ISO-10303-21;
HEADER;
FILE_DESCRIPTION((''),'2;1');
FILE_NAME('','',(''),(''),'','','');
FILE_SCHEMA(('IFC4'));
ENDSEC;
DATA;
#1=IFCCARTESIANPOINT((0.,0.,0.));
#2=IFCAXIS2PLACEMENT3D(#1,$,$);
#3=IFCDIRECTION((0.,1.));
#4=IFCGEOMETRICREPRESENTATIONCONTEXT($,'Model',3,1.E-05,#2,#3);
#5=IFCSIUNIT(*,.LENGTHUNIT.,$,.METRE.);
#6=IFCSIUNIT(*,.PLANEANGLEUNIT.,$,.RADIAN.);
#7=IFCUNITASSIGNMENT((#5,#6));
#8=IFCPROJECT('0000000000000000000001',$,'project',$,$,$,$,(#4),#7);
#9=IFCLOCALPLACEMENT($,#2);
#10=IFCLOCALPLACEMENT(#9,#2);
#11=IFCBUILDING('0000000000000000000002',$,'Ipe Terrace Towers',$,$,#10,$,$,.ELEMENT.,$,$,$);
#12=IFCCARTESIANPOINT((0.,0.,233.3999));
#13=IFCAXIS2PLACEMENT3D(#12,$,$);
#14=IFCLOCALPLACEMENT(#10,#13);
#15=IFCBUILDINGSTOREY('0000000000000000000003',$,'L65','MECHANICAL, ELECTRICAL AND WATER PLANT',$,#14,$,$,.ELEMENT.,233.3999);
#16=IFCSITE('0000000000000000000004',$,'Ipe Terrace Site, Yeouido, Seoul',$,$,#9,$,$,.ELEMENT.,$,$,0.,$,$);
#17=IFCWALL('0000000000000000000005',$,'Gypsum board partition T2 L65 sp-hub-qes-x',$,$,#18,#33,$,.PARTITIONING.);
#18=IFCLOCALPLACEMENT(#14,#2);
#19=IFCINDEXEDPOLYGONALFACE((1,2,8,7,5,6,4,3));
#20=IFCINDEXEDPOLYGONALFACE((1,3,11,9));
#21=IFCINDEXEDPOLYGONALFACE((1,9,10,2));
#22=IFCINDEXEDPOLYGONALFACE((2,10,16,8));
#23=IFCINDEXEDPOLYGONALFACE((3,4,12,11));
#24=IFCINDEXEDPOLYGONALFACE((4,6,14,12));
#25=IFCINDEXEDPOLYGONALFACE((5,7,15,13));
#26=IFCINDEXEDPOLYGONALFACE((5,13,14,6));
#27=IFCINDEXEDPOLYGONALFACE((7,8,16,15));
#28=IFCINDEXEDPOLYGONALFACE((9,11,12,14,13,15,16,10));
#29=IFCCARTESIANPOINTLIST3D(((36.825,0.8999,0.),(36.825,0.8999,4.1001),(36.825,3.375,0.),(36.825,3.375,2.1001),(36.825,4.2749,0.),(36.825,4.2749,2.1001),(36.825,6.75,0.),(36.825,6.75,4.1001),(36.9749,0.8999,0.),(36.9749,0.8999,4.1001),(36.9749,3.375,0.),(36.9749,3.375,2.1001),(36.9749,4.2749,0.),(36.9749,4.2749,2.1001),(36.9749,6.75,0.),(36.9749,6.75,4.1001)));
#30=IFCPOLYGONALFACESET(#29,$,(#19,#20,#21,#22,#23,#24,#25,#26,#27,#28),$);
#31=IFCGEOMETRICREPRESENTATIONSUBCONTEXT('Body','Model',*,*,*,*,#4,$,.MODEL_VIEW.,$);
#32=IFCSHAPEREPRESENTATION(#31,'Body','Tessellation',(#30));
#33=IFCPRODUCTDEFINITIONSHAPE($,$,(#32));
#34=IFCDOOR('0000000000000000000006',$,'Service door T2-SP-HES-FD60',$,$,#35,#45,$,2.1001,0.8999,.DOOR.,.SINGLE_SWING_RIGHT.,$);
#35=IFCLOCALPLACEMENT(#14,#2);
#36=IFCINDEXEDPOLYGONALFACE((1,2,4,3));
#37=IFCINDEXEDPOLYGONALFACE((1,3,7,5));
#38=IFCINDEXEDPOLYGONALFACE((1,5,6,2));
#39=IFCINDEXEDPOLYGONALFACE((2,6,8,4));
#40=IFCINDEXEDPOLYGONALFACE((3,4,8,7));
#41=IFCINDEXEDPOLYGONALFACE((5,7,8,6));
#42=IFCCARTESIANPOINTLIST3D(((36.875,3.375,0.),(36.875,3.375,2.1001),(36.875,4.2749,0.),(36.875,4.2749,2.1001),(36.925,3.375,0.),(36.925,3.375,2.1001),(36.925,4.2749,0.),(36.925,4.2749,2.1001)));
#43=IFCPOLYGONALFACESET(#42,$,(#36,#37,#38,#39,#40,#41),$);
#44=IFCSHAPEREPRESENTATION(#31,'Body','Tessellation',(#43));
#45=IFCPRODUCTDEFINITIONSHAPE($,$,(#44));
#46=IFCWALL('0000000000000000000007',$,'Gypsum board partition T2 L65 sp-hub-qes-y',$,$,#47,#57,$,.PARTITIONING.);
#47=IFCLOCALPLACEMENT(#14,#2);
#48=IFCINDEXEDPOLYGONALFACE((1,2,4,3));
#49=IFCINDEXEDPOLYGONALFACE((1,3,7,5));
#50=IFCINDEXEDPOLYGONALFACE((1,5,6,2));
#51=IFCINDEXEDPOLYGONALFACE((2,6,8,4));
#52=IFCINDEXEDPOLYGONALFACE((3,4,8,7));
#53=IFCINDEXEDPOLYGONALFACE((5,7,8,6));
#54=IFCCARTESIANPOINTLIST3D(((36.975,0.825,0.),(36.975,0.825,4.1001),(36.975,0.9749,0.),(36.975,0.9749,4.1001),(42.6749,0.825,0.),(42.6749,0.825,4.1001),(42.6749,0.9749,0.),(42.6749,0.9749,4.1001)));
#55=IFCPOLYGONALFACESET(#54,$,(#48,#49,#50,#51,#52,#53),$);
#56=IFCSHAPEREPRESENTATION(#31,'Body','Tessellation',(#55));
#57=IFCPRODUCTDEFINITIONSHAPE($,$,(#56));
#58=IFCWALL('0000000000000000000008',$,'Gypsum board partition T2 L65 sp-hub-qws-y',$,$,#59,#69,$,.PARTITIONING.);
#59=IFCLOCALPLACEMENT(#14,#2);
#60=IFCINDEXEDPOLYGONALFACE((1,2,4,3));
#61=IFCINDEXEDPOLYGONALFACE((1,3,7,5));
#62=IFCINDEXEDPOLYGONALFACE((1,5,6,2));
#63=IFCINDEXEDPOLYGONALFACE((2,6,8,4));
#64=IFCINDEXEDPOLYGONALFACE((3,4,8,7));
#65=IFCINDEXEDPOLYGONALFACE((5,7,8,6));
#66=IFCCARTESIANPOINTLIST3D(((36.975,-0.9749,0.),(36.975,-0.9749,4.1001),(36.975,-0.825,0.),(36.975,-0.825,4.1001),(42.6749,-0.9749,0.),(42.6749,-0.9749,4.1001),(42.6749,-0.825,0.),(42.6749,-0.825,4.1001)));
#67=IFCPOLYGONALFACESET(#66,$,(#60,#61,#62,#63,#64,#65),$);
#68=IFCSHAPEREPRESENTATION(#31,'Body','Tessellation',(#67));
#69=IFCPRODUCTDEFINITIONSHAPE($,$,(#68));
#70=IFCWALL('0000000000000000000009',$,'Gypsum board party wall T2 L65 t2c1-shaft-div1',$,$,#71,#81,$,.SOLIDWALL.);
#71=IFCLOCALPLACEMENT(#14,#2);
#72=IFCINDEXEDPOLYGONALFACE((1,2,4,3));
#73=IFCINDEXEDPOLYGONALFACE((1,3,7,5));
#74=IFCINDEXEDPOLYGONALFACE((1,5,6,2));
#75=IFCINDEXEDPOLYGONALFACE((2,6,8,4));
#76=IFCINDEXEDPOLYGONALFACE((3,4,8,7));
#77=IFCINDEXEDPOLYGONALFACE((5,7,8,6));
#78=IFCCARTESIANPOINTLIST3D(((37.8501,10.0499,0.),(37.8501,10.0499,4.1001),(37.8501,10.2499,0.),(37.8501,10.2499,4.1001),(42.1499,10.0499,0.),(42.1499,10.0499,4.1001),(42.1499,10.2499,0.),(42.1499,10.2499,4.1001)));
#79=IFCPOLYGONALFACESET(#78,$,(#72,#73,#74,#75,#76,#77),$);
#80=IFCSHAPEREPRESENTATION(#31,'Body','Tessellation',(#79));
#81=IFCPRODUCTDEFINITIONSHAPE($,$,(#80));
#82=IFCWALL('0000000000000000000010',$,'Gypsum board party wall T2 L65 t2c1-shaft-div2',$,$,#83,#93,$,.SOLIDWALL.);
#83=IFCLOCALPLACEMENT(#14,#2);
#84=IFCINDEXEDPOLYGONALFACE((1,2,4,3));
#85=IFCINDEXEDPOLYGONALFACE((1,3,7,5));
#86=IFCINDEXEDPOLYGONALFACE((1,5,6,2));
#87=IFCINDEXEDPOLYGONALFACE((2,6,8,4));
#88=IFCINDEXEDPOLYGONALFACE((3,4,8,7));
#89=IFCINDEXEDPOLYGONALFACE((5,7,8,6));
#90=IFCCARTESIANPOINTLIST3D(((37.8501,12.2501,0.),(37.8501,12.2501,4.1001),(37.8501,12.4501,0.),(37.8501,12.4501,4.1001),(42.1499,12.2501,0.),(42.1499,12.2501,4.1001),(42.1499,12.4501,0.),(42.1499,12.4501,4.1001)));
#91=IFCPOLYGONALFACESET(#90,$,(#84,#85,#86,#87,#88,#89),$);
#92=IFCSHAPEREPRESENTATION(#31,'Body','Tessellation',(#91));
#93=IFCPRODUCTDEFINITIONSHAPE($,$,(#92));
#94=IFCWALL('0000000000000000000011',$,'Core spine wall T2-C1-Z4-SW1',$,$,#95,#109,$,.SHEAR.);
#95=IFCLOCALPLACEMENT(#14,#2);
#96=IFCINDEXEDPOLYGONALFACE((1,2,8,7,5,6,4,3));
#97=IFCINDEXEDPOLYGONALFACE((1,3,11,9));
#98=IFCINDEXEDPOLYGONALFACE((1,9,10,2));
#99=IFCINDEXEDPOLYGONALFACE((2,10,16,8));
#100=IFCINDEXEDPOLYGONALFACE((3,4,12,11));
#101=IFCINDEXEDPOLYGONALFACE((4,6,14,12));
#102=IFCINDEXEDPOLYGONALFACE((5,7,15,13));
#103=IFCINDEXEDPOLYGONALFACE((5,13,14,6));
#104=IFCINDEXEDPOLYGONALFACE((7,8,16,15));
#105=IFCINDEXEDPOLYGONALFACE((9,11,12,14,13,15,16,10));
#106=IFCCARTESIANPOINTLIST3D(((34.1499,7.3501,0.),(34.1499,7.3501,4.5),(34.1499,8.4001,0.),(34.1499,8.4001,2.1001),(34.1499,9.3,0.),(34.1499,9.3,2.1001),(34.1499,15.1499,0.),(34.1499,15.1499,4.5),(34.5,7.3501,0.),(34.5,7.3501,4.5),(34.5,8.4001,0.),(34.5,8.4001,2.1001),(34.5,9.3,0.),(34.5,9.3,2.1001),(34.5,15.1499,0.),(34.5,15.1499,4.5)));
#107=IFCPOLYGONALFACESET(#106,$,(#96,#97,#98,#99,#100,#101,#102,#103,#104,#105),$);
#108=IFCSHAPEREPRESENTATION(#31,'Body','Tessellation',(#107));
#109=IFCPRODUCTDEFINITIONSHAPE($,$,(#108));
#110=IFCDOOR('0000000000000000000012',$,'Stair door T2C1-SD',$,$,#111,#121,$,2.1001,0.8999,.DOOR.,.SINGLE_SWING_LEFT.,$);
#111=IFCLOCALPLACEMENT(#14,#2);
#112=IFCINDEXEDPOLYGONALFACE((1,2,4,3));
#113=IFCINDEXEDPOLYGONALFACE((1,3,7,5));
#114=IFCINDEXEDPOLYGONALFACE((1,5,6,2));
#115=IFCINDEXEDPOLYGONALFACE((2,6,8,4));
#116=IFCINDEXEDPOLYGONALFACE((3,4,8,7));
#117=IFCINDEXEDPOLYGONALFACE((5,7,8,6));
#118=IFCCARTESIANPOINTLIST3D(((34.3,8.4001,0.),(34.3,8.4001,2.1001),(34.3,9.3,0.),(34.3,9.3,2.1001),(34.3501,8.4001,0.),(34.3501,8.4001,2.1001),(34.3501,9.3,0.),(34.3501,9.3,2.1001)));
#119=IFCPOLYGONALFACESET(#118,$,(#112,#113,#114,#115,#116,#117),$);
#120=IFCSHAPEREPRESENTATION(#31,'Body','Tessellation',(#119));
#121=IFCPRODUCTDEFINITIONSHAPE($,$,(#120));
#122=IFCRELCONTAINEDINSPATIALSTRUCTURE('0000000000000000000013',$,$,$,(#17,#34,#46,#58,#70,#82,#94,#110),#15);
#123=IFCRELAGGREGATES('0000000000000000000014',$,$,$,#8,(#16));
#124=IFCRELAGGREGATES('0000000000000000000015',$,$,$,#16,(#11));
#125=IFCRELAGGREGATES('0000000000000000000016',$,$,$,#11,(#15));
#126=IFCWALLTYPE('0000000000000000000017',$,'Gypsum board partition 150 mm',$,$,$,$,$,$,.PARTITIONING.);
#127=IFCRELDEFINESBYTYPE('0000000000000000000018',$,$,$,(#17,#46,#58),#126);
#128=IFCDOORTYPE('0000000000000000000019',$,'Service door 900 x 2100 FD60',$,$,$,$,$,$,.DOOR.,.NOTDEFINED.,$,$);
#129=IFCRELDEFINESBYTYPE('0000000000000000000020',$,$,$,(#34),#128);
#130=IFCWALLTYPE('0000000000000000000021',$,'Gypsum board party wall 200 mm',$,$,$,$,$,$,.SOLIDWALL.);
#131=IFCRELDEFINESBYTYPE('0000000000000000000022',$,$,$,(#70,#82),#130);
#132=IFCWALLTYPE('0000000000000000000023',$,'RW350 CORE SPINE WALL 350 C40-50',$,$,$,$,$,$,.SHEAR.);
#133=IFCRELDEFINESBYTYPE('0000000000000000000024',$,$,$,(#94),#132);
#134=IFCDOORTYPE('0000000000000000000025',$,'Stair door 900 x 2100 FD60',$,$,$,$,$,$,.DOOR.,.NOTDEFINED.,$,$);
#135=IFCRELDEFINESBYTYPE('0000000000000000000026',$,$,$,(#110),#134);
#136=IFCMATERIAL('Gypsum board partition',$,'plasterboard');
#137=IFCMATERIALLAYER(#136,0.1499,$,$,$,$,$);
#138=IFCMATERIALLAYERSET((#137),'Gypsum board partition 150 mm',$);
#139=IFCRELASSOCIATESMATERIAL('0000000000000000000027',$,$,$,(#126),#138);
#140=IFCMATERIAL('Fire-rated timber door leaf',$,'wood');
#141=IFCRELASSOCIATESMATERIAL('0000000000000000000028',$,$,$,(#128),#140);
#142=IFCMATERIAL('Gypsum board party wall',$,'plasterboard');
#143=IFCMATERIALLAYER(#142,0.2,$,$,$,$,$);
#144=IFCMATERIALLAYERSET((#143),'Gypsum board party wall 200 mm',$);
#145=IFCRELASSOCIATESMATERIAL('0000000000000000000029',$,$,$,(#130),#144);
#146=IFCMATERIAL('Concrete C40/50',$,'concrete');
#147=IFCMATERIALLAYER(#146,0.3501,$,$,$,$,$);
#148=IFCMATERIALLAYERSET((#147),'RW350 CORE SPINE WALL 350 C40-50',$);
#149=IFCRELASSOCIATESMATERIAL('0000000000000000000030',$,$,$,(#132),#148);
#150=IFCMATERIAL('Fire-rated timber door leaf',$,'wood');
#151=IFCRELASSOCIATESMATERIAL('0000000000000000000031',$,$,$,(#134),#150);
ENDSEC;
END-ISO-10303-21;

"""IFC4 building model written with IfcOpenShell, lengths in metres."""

from ifc_helpers import new_model, si_unit, direction, frame, frame_2d, origin, place, context, subcontext, project, spatial, rectangle, extrude, material, layer, layer_set, type_object, element, fill, save


model = new_model("IFC4")

# Units and contexts
model_context = context("Model", 3, precision=1e-05, world=origin(), true_north=direction((0.0, 1.0)))
body_context = subcontext(model_context, "Body", "Model", "MODEL_VIEW")
ifc_project = project(units=[si_unit("LENGTHUNIT", "METRE"), si_unit("PLANEANGLEUNIT", "RADIAN")], contexts=[model_context])

# Site, building, storey
site_placement = place(None, origin())
site = spatial("IfcSite", under=ifc_project, at=site_placement, Name="Ipe Terrace Site, Yeouido, Seoul", CompositionType="ELEMENT", RefElevation=0.0)
building_placement = place(site_placement, origin())
building = spatial("IfcBuilding", under=site, at=building_placement, Name="Ipe Terrace Towers", CompositionType="ELEMENT")
storey_placement = place(building_placement, frame((0.0, 0.0, 233.3999)))
storey = spatial("IfcBuildingStorey", under=building, at=storey_placement, Name="L65", Description="MECHANICAL, ELECTRICAL AND WATER PLANT", CompositionType="ELEMENT", Elevation=233.3999)

# Shared definitions
ifc_material_1 = material(Name="Gypsum board partition", Category="plasterboard")
ifc_layer_1 = layer(ifc_material_1, 0.1499)
ifc_layer_set_1 = layer_set([ifc_layer_1], Name="Gypsum board partition 150 mm")
wall_type_1 = type_object("IfcWallType", Name="Gypsum board partition 150 mm", PredefinedType="PARTITIONING", material=ifc_layer_set_1)
ifc_material_2 = material(Name="Fire-rated timber door leaf", Category="wood")
door_type_1 = type_object("IfcDoorType", Name="Service door 900 x 2100 FD60", OperationType="NOTDEFINED", PredefinedType="DOOR", material=ifc_material_2)

# Wall, opening, door
wall_1_placement = place(storey_placement, frame((36.8999, 0.8999, 0.0), z_axis=(0.0, 0.0, 1.0), x_axis=(0.0, 1.0, 0.0)))
wall_1 = element("IfcWall", 1, at=wall_1_placement, inside=storey, type_object=wall_type_1, Name="Gypsum board partition T2 L65 sp-hub-qes-x", PredefinedType="PARTITIONING", context=body_context, shape_type="SweptSolid", body=[
    extrude(rectangle(XDim=5.8501, YDim=0.1499, at=frame_2d((2.925, 0.0))), origin(), (0.0, 0.0, 1.0), 4.1001),
])
opening_1_placement = place(wall_1_placement, frame((2.4751, 0.0, 0.0)))
opening_1 = element("IfcOpeningElement", 2, at=opening_1_placement, cuts=wall_1, PredefinedType="OPENING", context=body_context, shape_type="SweptSolid", body=[
    extrude(rectangle(XDim=0.8999, YDim=2.1001, at=frame_2d((0.45, 1.05))), frame((0.0, 0.085, 0.0), z_axis=(0.0, -1.0, 0.0), x_axis=(1.0, 0.0, 0.0)), (0.0, 0.0, 1.0), 0.1699),
])
door_1_placement = place(opening_1_placement, origin())
door_1 = element("IfcDoor", 3, at=door_1_placement, inside=storey, type_object=door_type_1, Name="Service door T2-SP-HES-FD60", OperationType="SINGLE_SWING_RIGHT", OverallHeight=2.1001, OverallWidth=0.8999, PredefinedType="DOOR", context=body_context, shape_type="SweptSolid", body=[
    extrude(rectangle(XDim=0.8999, YDim=2.1001, at=frame_2d((0.45, 1.05))), frame((0.0, 0.0249, 0.0), z_axis=(0.0, -1.0, 0.0), x_axis=(1.0, 0.0, 0.0)), (0.0, 0.0, 1.0), 0.05),
])
fill(opening_1, door_1)

# Walls
for number, where, z_axis, x_axis, name in (
    (4, (42.675, 0.8999, 0.0), (0.0, 0.0, 1.0), (-1.0, 0.0, 0.0), "Gypsum board partition T2 L65 sp-hub-qes-y"),
    (5, (42.675, -0.8999, 0.0), (0.0, 0.0, 1.0), (-1.0, 0.0, 0.0), "Gypsum board partition T2 L65 sp-hub-qws-y"),
):
    element("IfcWall", number, at=place(storey_placement, frame(where, z_axis=z_axis, x_axis=x_axis)), inside=storey, type_object=wall_type_1, Name=name, PredefinedType="PARTITIONING", context=body_context, shape_type="SweptSolid", body=[
        extrude(rectangle(XDim=5.7, YDim=0.1499, at=frame_2d((2.8501, 0.0))), origin(), (0.0, 0.0, 1.0), 4.1001),
    ])
ifc_material_3 = material(Name="Gypsum board party wall", Category="plasterboard")
ifc_layer_2 = layer(ifc_material_3, 0.2)
ifc_layer_set_2 = layer_set([ifc_layer_2], Name="Gypsum board party wall 200 mm")
wall_type_2 = type_object("IfcWallType", Name="Gypsum board party wall 200 mm", PredefinedType="SOLIDWALL", material=ifc_layer_set_2)
for number, where, z_axis, x_axis, name in (
    (6, (42.1499, 10.1499, 0.0), (0.0, 0.0, 1.0), (-1.0, 0.0, 0.0), "Gypsum board party wall T2 L65 t2c1-shaft-div1"),
    (7, (42.1499, 12.3501, 0.0), (0.0, 0.0, 1.0), (-1.0, 0.0, 0.0), "Gypsum board party wall T2 L65 t2c1-shaft-div2"),
):
    element("IfcWall", number, at=place(storey_placement, frame(where, z_axis=z_axis, x_axis=x_axis)), inside=storey, type_object=wall_type_2, Name=name, PredefinedType="SOLIDWALL", context=body_context, shape_type="SweptSolid", body=[
        extrude(rectangle(XDim=4.2998, YDim=0.2, at=frame_2d((2.1499, 0.0))), origin(), (0.0, 0.0, 1.0), 4.1001),
    ])

# Wall, opening, door
ifc_material_4 = material(Name="Concrete C40/50", Category="concrete")
ifc_layer_3 = layer(ifc_material_4, 0.3501)
ifc_layer_set_3 = layer_set([ifc_layer_3], Name="RW350 CORE SPINE WALL 350 C40-50")
wall_type_3 = type_object("IfcWallType", Name="RW350 CORE SPINE WALL 350 C40-50", PredefinedType="SHEAR", material=ifc_layer_set_3)
wall_2_placement = place(storey_placement, frame((34.325, 7.3501, 0.0), z_axis=(0.0, 0.0, 1.0), x_axis=(0.0, 1.0, 0.0)))
wall_2 = element("IfcWall", 8, at=wall_2_placement, inside=storey, type_object=wall_type_3, Name="Core spine wall T2-C1-Z4-SW1", PredefinedType="SHEAR", context=body_context, shape_type="SweptSolid", body=[
    extrude(rectangle(XDim=7.7998, YDim=0.3501, at=frame_2d((3.8999, 0.0))), origin(), (0.0, 0.0, 1.0), 4.5),
])
opening_2_placement = place(wall_2_placement, frame((1.05, 0.0, 0.0)))
opening_2 = element("IfcOpeningElement", 9, at=opening_2_placement, cuts=wall_2, PredefinedType="OPENING", context=body_context, shape_type="SweptSolid", body=[
    extrude(rectangle(XDim=0.8999, YDim=2.1001, at=frame_2d((0.45, 1.05))), frame((0.0, 0.1851, 0.0), z_axis=(0.0, -1.0, 0.0), x_axis=(1.0, 0.0, 0.0)), (0.0, 0.0, 1.0), 0.3701),
])
ifc_material_5 = material(Name="Fire-rated timber door leaf", Category="wood")
door_type_2 = type_object("IfcDoorType", Name="Stair door 900 x 2100 FD60", OperationType="NOTDEFINED", PredefinedType="DOOR", material=ifc_material_5)
door_2_placement = place(opening_2_placement, origin())
door_2 = element("IfcDoor", 10, at=door_2_placement, inside=storey, type_object=door_type_2, Name="Stair door T2C1-SD", OperationType="SINGLE_SWING_LEFT", OverallHeight=2.1001, OverallWidth=0.8999, PredefinedType="DOOR", context=body_context, shape_type="SweptSolid", body=[
    extrude(rectangle(XDim=0.8999, YDim=2.1001, at=frame_2d((0.45, 1.05))), frame((0.0, 0.0249, 0.0), z_axis=(0.0, -1.0, 0.0), x_axis=(1.0, 0.0, 0.0)), (0.0, 0.0, 1.0), 0.05),
])
fill(opening_2, door_2)

save(model, "model.ifc")
